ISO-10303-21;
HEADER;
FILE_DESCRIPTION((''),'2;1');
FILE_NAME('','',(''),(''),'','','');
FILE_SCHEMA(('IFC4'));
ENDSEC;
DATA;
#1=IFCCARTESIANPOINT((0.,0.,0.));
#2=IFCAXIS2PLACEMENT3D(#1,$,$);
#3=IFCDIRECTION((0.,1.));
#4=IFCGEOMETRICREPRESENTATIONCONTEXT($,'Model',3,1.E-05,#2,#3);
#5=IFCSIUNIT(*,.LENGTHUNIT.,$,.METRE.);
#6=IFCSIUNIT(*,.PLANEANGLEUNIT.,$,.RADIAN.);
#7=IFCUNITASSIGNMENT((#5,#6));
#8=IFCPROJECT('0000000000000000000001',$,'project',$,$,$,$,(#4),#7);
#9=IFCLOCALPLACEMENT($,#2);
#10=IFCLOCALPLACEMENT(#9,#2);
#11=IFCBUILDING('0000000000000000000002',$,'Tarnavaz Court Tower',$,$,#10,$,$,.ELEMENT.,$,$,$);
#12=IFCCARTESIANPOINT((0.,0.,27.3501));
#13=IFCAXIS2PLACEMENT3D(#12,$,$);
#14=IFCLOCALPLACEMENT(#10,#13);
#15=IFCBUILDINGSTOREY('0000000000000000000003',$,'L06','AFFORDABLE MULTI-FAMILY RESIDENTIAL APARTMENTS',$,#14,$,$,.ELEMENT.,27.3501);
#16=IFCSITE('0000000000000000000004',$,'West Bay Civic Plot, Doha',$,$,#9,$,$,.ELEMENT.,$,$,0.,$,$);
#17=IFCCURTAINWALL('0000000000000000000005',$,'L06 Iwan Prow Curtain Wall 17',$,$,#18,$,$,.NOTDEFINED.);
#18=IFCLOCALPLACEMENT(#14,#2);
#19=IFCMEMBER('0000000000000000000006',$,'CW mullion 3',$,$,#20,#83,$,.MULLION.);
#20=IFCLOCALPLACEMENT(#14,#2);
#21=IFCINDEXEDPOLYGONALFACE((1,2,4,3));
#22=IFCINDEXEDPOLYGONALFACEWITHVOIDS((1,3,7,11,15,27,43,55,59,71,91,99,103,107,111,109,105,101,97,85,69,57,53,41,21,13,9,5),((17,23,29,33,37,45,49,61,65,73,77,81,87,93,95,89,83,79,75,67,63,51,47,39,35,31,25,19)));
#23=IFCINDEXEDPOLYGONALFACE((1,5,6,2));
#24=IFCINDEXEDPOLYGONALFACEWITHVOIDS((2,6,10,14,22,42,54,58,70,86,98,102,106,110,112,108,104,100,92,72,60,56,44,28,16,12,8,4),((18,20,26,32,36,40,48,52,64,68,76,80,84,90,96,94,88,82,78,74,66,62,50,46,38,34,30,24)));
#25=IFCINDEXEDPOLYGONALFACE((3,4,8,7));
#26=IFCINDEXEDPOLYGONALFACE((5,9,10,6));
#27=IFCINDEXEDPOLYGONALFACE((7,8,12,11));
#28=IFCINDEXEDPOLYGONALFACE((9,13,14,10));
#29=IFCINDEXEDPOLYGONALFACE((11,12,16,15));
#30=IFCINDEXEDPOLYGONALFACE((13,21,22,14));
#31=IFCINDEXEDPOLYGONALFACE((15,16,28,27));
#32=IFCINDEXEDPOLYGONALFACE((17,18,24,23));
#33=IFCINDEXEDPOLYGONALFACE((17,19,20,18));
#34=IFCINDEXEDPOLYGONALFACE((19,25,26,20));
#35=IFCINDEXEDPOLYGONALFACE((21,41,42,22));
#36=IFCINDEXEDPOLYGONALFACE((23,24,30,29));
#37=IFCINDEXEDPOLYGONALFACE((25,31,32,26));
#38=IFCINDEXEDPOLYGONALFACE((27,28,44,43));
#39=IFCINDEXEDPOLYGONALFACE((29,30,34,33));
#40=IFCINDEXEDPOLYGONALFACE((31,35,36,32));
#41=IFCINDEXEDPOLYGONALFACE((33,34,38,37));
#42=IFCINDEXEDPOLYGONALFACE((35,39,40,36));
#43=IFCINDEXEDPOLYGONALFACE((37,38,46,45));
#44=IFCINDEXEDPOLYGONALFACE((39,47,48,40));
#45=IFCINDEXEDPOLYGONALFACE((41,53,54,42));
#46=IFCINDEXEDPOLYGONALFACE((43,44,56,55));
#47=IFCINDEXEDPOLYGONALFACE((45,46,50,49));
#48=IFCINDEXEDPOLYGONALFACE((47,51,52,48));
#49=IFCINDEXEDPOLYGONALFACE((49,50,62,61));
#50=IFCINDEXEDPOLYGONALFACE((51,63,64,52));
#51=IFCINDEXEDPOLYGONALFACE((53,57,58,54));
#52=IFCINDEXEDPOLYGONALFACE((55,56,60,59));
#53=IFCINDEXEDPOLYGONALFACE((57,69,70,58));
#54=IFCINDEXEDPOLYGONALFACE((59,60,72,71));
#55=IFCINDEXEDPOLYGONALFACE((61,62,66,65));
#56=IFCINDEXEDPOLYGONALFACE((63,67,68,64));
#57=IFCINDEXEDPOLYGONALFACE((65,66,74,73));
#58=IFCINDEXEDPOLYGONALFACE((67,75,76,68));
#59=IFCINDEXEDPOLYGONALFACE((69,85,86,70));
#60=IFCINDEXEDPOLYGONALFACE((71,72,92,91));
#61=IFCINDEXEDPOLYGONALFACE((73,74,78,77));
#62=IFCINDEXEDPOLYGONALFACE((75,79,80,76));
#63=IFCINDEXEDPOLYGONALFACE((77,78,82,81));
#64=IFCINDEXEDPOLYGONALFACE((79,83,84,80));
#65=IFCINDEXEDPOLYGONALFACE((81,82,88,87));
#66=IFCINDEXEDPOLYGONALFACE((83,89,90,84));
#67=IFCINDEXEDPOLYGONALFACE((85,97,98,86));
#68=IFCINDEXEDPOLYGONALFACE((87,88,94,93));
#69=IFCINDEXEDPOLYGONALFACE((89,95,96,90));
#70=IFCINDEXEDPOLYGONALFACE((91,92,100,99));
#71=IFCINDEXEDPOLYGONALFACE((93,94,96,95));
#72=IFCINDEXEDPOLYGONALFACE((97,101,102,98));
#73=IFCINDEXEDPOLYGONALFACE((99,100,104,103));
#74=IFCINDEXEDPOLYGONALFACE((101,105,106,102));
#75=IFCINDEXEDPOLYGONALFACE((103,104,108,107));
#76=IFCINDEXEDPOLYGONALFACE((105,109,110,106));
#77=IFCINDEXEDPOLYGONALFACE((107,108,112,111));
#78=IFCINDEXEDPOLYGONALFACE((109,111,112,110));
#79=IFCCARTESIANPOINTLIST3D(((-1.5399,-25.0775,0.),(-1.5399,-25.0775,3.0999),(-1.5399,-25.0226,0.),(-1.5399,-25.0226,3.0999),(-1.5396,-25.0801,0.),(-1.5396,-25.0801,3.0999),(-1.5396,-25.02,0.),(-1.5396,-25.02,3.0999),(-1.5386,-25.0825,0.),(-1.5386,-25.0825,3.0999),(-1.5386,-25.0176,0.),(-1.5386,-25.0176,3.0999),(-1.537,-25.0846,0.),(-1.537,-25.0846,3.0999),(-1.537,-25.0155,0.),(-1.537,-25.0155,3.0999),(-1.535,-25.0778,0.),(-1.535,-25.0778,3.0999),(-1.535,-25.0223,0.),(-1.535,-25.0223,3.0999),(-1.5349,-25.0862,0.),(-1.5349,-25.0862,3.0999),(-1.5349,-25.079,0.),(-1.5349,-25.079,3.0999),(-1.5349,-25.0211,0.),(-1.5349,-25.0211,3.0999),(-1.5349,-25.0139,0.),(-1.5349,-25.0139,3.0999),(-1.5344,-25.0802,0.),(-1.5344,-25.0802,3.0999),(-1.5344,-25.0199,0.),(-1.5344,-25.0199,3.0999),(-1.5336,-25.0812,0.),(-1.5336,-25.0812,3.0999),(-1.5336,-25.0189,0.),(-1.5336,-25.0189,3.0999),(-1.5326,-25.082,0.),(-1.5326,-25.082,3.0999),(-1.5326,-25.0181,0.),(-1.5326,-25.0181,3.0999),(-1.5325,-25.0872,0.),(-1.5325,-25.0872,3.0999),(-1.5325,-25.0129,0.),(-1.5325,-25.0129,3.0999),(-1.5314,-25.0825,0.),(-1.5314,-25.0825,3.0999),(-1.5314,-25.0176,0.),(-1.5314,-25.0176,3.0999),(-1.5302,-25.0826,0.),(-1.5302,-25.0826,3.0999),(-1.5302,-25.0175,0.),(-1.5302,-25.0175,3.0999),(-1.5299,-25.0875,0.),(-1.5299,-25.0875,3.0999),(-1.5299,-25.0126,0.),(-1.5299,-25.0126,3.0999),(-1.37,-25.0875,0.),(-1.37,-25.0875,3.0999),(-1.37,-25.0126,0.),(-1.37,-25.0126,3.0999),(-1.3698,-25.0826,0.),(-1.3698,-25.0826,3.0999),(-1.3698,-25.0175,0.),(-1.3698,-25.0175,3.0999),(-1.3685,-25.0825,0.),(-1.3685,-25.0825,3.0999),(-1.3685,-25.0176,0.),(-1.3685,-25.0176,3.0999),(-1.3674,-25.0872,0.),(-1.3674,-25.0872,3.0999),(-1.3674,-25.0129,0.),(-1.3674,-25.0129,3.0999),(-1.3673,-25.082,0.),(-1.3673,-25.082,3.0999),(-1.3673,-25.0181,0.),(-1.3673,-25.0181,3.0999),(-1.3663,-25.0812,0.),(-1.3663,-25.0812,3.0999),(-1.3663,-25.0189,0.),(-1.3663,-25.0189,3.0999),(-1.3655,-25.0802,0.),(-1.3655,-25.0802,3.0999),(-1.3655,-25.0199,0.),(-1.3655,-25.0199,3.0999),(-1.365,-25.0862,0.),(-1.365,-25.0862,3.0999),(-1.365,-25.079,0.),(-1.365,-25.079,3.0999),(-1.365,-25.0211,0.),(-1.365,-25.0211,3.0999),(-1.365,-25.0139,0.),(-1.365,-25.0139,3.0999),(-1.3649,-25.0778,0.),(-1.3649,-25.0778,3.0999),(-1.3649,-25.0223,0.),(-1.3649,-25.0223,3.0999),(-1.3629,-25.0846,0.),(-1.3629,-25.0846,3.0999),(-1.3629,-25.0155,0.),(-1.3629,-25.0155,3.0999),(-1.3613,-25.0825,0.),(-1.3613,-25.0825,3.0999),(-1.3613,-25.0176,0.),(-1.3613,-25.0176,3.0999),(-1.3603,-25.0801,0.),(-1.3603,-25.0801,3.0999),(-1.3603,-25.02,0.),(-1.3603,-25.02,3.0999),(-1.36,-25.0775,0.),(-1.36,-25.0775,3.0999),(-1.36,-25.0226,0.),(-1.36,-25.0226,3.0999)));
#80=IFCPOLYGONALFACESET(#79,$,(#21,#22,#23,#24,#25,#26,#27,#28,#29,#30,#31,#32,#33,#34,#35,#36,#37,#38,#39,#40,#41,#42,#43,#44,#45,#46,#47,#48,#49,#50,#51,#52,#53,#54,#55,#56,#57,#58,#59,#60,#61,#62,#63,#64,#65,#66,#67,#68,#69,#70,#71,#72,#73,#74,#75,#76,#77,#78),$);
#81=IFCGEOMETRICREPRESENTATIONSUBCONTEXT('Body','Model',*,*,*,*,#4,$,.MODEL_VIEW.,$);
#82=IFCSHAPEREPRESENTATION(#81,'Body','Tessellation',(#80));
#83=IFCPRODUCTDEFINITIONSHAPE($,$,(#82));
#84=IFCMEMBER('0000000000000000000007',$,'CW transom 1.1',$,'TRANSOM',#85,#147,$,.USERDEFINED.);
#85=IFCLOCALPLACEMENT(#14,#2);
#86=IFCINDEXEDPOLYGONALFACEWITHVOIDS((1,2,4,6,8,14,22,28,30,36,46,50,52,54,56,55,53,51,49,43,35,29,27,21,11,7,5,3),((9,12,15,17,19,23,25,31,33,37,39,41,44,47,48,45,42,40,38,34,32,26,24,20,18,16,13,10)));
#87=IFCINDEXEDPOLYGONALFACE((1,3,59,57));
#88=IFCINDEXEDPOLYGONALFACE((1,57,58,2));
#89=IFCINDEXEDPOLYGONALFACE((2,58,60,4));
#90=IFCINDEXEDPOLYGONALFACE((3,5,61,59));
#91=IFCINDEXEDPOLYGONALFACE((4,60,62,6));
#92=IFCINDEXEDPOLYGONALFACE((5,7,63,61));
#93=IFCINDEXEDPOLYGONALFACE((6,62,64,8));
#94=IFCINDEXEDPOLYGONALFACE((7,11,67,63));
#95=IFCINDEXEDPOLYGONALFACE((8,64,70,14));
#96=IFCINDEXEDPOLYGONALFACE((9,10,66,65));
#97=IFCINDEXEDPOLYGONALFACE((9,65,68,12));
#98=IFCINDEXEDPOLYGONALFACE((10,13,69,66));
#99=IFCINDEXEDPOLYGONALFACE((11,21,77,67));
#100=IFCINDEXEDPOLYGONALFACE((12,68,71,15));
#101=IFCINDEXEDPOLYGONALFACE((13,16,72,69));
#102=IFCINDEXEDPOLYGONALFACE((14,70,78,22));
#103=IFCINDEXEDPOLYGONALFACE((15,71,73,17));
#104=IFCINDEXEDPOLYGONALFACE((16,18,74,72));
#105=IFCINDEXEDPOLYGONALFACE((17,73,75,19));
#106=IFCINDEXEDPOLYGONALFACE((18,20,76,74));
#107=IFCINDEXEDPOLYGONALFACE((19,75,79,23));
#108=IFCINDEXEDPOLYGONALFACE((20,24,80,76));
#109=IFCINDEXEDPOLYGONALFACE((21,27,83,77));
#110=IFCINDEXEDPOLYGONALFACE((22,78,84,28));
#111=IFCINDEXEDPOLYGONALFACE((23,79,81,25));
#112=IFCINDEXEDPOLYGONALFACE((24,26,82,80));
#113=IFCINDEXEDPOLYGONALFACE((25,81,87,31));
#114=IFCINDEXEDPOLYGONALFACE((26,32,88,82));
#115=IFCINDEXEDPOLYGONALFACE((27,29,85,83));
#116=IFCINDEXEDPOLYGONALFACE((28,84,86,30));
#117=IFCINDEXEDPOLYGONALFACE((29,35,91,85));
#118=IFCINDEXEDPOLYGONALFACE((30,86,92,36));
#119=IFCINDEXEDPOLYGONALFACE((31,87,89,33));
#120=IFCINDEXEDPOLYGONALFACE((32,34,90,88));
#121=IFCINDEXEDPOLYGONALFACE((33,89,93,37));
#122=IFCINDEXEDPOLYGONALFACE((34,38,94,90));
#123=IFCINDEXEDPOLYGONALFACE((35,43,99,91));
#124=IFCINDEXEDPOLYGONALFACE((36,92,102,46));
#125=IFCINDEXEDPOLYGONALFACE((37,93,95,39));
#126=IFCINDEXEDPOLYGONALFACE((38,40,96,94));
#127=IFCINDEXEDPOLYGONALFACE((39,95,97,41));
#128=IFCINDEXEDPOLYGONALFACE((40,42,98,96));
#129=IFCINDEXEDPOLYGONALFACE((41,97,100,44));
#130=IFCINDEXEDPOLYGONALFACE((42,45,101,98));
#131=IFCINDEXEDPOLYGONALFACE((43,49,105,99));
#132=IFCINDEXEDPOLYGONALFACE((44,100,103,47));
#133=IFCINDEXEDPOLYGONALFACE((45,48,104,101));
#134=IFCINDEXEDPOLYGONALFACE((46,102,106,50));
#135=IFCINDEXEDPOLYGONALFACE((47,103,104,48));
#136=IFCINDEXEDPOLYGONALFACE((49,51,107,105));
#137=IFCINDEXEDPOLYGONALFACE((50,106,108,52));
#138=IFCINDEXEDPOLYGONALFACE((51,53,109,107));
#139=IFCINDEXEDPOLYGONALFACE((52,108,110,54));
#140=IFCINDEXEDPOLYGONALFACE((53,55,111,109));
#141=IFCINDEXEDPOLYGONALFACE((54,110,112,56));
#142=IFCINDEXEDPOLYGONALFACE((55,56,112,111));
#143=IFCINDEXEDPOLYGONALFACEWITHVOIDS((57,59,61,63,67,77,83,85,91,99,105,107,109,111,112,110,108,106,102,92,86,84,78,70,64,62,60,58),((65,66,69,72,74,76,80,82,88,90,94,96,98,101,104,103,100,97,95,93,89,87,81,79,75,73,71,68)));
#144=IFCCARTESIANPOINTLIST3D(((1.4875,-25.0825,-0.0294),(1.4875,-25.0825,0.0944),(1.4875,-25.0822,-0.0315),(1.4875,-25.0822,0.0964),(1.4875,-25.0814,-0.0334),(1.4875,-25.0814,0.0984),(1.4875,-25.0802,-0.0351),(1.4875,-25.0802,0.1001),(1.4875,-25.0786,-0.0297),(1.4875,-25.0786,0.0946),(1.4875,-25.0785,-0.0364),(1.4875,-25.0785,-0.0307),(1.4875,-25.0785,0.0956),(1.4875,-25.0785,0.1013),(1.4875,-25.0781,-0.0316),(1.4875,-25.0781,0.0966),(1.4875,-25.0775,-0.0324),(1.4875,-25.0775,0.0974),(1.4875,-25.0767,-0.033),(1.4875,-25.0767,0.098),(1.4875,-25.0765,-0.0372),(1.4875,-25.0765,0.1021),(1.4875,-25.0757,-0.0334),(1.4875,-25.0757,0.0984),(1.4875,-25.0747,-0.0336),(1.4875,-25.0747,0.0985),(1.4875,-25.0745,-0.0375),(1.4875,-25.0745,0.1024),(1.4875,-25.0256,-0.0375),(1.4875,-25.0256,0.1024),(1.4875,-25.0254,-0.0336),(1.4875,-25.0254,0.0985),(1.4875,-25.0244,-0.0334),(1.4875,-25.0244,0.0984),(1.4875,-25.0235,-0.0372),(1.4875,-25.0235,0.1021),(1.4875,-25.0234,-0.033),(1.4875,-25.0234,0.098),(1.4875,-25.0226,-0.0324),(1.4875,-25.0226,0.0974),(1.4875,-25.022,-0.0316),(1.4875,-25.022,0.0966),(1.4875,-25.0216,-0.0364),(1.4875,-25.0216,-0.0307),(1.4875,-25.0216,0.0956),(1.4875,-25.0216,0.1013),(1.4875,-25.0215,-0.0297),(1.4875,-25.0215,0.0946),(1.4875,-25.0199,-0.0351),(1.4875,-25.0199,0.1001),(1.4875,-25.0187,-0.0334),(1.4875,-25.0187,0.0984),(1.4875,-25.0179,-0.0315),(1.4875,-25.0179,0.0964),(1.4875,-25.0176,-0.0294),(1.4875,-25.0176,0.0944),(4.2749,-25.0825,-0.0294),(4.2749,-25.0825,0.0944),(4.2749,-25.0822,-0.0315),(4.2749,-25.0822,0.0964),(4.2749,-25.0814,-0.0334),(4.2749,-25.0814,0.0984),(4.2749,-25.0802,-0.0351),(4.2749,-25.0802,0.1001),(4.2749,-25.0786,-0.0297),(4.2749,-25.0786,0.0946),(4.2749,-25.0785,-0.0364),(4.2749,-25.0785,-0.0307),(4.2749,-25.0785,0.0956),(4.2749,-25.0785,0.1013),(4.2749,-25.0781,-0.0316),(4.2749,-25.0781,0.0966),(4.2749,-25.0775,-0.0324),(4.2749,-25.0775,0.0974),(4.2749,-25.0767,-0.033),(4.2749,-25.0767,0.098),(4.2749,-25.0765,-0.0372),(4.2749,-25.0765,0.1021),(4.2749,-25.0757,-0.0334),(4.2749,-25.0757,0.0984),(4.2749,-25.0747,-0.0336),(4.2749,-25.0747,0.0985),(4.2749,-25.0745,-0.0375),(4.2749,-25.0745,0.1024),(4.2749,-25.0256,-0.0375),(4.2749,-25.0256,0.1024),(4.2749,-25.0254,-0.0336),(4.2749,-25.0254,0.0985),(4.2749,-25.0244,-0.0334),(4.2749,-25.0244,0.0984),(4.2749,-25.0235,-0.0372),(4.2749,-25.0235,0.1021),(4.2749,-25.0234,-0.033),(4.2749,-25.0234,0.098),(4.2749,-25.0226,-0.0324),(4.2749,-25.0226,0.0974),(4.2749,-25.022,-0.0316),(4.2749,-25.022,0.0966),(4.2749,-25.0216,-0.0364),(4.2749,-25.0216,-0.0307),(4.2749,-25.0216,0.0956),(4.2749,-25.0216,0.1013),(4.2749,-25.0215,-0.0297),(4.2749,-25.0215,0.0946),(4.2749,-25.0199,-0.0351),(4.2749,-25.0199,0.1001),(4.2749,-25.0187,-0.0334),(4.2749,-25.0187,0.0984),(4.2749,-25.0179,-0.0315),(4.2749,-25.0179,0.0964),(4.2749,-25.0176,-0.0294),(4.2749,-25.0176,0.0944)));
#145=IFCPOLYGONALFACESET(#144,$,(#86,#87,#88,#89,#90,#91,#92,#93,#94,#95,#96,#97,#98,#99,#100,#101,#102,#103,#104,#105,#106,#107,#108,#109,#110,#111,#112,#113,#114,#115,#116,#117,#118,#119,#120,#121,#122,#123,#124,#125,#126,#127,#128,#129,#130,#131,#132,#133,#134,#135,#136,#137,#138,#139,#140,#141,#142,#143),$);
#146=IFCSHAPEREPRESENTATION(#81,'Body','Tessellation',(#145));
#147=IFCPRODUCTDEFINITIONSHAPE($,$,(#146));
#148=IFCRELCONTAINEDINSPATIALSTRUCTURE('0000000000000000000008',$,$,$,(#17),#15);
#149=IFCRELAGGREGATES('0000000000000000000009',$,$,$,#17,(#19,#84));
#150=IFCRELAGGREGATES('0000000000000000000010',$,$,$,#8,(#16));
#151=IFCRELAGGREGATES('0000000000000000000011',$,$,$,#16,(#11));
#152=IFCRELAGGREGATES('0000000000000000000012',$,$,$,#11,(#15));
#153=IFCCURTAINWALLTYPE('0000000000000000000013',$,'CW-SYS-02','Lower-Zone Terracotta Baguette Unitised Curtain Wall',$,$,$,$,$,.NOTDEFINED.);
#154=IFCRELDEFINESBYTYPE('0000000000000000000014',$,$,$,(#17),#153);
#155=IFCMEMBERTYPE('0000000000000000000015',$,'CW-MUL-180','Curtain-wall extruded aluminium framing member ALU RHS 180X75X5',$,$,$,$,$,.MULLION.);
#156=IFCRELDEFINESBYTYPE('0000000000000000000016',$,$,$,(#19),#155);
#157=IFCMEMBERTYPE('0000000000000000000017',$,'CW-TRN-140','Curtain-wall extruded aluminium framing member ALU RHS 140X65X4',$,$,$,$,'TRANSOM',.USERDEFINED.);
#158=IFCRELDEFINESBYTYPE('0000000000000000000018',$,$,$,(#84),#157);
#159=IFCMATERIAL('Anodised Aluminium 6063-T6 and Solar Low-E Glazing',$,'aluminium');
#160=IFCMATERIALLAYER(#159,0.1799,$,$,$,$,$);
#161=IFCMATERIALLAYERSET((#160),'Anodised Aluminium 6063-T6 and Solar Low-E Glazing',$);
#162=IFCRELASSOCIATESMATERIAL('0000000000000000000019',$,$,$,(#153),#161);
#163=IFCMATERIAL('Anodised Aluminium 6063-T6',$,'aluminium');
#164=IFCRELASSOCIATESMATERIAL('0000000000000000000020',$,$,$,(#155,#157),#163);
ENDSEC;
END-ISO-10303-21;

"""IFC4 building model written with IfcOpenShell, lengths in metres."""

from ifc_helpers import new_model, si_unit, direction, frame, origin, origin_2d, place, context, subcontext, project, spatial, hollow_rectangle, extrude, material, layer, layer_set, material_profile, profile_set, type_object, element, aggregate, save


model = new_model("IFC4")

# Units and contexts
model_context = context("Model", 3, precision=1e-05, world=origin(), true_north=direction((0.0, 1.0)))
body_context = subcontext(model_context, "Body", "Model", "MODEL_VIEW")
ifc_project = project(units=[si_unit("LENGTHUNIT", "METRE"), si_unit("PLANEANGLEUNIT", "RADIAN")], contexts=[model_context])

# Site, building, storey
site_placement = place(None, origin())
site = spatial("IfcSite", under=ifc_project, at=site_placement, Name="West Bay Civic Plot, Doha", CompositionType="ELEMENT", RefElevation=0.0)
building_placement = place(site_placement, origin())
building = spatial("IfcBuilding", under=site, at=building_placement, Name="Tarnavaz Court Tower", CompositionType="ELEMENT")
storey_placement = place(building_placement, frame((0.0, 0.0, 27.3501)))
storey = spatial("IfcBuildingStorey", under=building, at=storey_placement, Name="L06", Description="AFFORDABLE MULTI-FAMILY RESIDENTIAL APARTMENTS", CompositionType="ELEMENT", Elevation=27.3501)

# Curtain wall, members
ifc_material_1 = material(Name="Anodised Aluminium 6063-T6 and Solar Low-E Glazing", Category="aluminium")
ifc_layer_1 = layer(ifc_material_1, 0.1799)
ifc_layer_set_1 = layer_set([ifc_layer_1], Name="Anodised Aluminium 6063-T6 and Solar Low-E Glazing")
curtain_wall_type = type_object("IfcCurtainWallType", Name="CW-SYS-02", Description="Lower-Zone Terracotta Baguette Unitised Curtain Wall", PredefinedType="NOTDEFINED", material=ifc_layer_set_1)
curtain_wall_placement = place(storey_placement, origin())
curtain_wall = element("IfcCurtainWall", 1, at=curtain_wall_placement, inside=storey, type_object=curtain_wall_type, Name="L06 Iwan Prow Curtain Wall 17", PredefinedType="NOTDEFINED")
ifc_material_2 = material(Name="Anodised Aluminium 6063-T6", Category="aluminium")
ifc_material_profile_1 = material_profile(ifc_material_2, hollow_rectangle(XDim=0.075, YDim=0.1799, WallThickness=0.0049, InnerFilletRadius=0.0049, OuterFilletRadius=0.01, at=origin_2d()), Name="ALU RHS 180X75X5")
ifc_profile_set_1 = profile_set([ifc_material_profile_1], Name="Anodised Aluminium 6063-T6")
member_type_1 = type_object("IfcMemberType", Name="CW-MUL-180", Description="Curtain-wall extruded aluminium framing member ALU RHS 180X75X5", PredefinedType="MULLION", material=ifc_profile_set_1)
member_1_placement = place(storey_placement, frame((-1.45, -25.05, 0.0), z_axis=(0.0, 0.0, 1.0), x_axis=(0.0, -1.0, 0.0)))
member_1 = element("IfcMember", 2, at=member_1_placement, type_object=member_type_1, Name="CW mullion 3", PredefinedType="MULLION", context=body_context, shape_type="SweptSolid", body=[
    extrude(hollow_rectangle(XDim=0.075, YDim=0.1799, WallThickness=0.0049, InnerFilletRadius=0.0049, OuterFilletRadius=0.01, at=origin_2d()), origin(), (0.0, 0.0, 1.0), 3.0999),
])
ifc_material_profile_2 = material_profile(ifc_material_2, hollow_rectangle(XDim=0.0649, YDim=0.1399, WallThickness=0.0039, InnerFilletRadius=0.0039, OuterFilletRadius=0.0081, at=origin_2d()), Name="ALU RHS 140X65X4")
ifc_profile_set_2 = profile_set([ifc_material_profile_2], Name="Anodised Aluminium 6063-T6")
member_type_2 = type_object("IfcMemberType", Name="CW-TRN-140", Description="Curtain-wall extruded aluminium framing member ALU RHS 140X65X4", ElementType="TRANSOM", PredefinedType="USERDEFINED", material=ifc_profile_set_2)
member_2_placement = place(storey_placement, frame((4.2749, -25.05, 0.0325), z_axis=(-1.0, 0.0, 0.0), x_axis=(0.0, -1.0, 0.0)))
member_2 = element("IfcMember", 3, at=member_2_placement, type_object=member_type_2, Name="CW transom 1.1", ObjectType="TRANSOM", PredefinedType="USERDEFINED", context=body_context, shape_type="SweptSolid", body=[
    extrude(hollow_rectangle(XDim=0.0649, YDim=0.1399, WallThickness=0.0039, InnerFilletRadius=0.0039, OuterFilletRadius=0.0081, at=origin_2d()), origin(), (0.0, 0.0, 1.0), 2.7874),
])
aggregate(curtain_wall, [member_1, member_2])

save(model, "model.ifc")
